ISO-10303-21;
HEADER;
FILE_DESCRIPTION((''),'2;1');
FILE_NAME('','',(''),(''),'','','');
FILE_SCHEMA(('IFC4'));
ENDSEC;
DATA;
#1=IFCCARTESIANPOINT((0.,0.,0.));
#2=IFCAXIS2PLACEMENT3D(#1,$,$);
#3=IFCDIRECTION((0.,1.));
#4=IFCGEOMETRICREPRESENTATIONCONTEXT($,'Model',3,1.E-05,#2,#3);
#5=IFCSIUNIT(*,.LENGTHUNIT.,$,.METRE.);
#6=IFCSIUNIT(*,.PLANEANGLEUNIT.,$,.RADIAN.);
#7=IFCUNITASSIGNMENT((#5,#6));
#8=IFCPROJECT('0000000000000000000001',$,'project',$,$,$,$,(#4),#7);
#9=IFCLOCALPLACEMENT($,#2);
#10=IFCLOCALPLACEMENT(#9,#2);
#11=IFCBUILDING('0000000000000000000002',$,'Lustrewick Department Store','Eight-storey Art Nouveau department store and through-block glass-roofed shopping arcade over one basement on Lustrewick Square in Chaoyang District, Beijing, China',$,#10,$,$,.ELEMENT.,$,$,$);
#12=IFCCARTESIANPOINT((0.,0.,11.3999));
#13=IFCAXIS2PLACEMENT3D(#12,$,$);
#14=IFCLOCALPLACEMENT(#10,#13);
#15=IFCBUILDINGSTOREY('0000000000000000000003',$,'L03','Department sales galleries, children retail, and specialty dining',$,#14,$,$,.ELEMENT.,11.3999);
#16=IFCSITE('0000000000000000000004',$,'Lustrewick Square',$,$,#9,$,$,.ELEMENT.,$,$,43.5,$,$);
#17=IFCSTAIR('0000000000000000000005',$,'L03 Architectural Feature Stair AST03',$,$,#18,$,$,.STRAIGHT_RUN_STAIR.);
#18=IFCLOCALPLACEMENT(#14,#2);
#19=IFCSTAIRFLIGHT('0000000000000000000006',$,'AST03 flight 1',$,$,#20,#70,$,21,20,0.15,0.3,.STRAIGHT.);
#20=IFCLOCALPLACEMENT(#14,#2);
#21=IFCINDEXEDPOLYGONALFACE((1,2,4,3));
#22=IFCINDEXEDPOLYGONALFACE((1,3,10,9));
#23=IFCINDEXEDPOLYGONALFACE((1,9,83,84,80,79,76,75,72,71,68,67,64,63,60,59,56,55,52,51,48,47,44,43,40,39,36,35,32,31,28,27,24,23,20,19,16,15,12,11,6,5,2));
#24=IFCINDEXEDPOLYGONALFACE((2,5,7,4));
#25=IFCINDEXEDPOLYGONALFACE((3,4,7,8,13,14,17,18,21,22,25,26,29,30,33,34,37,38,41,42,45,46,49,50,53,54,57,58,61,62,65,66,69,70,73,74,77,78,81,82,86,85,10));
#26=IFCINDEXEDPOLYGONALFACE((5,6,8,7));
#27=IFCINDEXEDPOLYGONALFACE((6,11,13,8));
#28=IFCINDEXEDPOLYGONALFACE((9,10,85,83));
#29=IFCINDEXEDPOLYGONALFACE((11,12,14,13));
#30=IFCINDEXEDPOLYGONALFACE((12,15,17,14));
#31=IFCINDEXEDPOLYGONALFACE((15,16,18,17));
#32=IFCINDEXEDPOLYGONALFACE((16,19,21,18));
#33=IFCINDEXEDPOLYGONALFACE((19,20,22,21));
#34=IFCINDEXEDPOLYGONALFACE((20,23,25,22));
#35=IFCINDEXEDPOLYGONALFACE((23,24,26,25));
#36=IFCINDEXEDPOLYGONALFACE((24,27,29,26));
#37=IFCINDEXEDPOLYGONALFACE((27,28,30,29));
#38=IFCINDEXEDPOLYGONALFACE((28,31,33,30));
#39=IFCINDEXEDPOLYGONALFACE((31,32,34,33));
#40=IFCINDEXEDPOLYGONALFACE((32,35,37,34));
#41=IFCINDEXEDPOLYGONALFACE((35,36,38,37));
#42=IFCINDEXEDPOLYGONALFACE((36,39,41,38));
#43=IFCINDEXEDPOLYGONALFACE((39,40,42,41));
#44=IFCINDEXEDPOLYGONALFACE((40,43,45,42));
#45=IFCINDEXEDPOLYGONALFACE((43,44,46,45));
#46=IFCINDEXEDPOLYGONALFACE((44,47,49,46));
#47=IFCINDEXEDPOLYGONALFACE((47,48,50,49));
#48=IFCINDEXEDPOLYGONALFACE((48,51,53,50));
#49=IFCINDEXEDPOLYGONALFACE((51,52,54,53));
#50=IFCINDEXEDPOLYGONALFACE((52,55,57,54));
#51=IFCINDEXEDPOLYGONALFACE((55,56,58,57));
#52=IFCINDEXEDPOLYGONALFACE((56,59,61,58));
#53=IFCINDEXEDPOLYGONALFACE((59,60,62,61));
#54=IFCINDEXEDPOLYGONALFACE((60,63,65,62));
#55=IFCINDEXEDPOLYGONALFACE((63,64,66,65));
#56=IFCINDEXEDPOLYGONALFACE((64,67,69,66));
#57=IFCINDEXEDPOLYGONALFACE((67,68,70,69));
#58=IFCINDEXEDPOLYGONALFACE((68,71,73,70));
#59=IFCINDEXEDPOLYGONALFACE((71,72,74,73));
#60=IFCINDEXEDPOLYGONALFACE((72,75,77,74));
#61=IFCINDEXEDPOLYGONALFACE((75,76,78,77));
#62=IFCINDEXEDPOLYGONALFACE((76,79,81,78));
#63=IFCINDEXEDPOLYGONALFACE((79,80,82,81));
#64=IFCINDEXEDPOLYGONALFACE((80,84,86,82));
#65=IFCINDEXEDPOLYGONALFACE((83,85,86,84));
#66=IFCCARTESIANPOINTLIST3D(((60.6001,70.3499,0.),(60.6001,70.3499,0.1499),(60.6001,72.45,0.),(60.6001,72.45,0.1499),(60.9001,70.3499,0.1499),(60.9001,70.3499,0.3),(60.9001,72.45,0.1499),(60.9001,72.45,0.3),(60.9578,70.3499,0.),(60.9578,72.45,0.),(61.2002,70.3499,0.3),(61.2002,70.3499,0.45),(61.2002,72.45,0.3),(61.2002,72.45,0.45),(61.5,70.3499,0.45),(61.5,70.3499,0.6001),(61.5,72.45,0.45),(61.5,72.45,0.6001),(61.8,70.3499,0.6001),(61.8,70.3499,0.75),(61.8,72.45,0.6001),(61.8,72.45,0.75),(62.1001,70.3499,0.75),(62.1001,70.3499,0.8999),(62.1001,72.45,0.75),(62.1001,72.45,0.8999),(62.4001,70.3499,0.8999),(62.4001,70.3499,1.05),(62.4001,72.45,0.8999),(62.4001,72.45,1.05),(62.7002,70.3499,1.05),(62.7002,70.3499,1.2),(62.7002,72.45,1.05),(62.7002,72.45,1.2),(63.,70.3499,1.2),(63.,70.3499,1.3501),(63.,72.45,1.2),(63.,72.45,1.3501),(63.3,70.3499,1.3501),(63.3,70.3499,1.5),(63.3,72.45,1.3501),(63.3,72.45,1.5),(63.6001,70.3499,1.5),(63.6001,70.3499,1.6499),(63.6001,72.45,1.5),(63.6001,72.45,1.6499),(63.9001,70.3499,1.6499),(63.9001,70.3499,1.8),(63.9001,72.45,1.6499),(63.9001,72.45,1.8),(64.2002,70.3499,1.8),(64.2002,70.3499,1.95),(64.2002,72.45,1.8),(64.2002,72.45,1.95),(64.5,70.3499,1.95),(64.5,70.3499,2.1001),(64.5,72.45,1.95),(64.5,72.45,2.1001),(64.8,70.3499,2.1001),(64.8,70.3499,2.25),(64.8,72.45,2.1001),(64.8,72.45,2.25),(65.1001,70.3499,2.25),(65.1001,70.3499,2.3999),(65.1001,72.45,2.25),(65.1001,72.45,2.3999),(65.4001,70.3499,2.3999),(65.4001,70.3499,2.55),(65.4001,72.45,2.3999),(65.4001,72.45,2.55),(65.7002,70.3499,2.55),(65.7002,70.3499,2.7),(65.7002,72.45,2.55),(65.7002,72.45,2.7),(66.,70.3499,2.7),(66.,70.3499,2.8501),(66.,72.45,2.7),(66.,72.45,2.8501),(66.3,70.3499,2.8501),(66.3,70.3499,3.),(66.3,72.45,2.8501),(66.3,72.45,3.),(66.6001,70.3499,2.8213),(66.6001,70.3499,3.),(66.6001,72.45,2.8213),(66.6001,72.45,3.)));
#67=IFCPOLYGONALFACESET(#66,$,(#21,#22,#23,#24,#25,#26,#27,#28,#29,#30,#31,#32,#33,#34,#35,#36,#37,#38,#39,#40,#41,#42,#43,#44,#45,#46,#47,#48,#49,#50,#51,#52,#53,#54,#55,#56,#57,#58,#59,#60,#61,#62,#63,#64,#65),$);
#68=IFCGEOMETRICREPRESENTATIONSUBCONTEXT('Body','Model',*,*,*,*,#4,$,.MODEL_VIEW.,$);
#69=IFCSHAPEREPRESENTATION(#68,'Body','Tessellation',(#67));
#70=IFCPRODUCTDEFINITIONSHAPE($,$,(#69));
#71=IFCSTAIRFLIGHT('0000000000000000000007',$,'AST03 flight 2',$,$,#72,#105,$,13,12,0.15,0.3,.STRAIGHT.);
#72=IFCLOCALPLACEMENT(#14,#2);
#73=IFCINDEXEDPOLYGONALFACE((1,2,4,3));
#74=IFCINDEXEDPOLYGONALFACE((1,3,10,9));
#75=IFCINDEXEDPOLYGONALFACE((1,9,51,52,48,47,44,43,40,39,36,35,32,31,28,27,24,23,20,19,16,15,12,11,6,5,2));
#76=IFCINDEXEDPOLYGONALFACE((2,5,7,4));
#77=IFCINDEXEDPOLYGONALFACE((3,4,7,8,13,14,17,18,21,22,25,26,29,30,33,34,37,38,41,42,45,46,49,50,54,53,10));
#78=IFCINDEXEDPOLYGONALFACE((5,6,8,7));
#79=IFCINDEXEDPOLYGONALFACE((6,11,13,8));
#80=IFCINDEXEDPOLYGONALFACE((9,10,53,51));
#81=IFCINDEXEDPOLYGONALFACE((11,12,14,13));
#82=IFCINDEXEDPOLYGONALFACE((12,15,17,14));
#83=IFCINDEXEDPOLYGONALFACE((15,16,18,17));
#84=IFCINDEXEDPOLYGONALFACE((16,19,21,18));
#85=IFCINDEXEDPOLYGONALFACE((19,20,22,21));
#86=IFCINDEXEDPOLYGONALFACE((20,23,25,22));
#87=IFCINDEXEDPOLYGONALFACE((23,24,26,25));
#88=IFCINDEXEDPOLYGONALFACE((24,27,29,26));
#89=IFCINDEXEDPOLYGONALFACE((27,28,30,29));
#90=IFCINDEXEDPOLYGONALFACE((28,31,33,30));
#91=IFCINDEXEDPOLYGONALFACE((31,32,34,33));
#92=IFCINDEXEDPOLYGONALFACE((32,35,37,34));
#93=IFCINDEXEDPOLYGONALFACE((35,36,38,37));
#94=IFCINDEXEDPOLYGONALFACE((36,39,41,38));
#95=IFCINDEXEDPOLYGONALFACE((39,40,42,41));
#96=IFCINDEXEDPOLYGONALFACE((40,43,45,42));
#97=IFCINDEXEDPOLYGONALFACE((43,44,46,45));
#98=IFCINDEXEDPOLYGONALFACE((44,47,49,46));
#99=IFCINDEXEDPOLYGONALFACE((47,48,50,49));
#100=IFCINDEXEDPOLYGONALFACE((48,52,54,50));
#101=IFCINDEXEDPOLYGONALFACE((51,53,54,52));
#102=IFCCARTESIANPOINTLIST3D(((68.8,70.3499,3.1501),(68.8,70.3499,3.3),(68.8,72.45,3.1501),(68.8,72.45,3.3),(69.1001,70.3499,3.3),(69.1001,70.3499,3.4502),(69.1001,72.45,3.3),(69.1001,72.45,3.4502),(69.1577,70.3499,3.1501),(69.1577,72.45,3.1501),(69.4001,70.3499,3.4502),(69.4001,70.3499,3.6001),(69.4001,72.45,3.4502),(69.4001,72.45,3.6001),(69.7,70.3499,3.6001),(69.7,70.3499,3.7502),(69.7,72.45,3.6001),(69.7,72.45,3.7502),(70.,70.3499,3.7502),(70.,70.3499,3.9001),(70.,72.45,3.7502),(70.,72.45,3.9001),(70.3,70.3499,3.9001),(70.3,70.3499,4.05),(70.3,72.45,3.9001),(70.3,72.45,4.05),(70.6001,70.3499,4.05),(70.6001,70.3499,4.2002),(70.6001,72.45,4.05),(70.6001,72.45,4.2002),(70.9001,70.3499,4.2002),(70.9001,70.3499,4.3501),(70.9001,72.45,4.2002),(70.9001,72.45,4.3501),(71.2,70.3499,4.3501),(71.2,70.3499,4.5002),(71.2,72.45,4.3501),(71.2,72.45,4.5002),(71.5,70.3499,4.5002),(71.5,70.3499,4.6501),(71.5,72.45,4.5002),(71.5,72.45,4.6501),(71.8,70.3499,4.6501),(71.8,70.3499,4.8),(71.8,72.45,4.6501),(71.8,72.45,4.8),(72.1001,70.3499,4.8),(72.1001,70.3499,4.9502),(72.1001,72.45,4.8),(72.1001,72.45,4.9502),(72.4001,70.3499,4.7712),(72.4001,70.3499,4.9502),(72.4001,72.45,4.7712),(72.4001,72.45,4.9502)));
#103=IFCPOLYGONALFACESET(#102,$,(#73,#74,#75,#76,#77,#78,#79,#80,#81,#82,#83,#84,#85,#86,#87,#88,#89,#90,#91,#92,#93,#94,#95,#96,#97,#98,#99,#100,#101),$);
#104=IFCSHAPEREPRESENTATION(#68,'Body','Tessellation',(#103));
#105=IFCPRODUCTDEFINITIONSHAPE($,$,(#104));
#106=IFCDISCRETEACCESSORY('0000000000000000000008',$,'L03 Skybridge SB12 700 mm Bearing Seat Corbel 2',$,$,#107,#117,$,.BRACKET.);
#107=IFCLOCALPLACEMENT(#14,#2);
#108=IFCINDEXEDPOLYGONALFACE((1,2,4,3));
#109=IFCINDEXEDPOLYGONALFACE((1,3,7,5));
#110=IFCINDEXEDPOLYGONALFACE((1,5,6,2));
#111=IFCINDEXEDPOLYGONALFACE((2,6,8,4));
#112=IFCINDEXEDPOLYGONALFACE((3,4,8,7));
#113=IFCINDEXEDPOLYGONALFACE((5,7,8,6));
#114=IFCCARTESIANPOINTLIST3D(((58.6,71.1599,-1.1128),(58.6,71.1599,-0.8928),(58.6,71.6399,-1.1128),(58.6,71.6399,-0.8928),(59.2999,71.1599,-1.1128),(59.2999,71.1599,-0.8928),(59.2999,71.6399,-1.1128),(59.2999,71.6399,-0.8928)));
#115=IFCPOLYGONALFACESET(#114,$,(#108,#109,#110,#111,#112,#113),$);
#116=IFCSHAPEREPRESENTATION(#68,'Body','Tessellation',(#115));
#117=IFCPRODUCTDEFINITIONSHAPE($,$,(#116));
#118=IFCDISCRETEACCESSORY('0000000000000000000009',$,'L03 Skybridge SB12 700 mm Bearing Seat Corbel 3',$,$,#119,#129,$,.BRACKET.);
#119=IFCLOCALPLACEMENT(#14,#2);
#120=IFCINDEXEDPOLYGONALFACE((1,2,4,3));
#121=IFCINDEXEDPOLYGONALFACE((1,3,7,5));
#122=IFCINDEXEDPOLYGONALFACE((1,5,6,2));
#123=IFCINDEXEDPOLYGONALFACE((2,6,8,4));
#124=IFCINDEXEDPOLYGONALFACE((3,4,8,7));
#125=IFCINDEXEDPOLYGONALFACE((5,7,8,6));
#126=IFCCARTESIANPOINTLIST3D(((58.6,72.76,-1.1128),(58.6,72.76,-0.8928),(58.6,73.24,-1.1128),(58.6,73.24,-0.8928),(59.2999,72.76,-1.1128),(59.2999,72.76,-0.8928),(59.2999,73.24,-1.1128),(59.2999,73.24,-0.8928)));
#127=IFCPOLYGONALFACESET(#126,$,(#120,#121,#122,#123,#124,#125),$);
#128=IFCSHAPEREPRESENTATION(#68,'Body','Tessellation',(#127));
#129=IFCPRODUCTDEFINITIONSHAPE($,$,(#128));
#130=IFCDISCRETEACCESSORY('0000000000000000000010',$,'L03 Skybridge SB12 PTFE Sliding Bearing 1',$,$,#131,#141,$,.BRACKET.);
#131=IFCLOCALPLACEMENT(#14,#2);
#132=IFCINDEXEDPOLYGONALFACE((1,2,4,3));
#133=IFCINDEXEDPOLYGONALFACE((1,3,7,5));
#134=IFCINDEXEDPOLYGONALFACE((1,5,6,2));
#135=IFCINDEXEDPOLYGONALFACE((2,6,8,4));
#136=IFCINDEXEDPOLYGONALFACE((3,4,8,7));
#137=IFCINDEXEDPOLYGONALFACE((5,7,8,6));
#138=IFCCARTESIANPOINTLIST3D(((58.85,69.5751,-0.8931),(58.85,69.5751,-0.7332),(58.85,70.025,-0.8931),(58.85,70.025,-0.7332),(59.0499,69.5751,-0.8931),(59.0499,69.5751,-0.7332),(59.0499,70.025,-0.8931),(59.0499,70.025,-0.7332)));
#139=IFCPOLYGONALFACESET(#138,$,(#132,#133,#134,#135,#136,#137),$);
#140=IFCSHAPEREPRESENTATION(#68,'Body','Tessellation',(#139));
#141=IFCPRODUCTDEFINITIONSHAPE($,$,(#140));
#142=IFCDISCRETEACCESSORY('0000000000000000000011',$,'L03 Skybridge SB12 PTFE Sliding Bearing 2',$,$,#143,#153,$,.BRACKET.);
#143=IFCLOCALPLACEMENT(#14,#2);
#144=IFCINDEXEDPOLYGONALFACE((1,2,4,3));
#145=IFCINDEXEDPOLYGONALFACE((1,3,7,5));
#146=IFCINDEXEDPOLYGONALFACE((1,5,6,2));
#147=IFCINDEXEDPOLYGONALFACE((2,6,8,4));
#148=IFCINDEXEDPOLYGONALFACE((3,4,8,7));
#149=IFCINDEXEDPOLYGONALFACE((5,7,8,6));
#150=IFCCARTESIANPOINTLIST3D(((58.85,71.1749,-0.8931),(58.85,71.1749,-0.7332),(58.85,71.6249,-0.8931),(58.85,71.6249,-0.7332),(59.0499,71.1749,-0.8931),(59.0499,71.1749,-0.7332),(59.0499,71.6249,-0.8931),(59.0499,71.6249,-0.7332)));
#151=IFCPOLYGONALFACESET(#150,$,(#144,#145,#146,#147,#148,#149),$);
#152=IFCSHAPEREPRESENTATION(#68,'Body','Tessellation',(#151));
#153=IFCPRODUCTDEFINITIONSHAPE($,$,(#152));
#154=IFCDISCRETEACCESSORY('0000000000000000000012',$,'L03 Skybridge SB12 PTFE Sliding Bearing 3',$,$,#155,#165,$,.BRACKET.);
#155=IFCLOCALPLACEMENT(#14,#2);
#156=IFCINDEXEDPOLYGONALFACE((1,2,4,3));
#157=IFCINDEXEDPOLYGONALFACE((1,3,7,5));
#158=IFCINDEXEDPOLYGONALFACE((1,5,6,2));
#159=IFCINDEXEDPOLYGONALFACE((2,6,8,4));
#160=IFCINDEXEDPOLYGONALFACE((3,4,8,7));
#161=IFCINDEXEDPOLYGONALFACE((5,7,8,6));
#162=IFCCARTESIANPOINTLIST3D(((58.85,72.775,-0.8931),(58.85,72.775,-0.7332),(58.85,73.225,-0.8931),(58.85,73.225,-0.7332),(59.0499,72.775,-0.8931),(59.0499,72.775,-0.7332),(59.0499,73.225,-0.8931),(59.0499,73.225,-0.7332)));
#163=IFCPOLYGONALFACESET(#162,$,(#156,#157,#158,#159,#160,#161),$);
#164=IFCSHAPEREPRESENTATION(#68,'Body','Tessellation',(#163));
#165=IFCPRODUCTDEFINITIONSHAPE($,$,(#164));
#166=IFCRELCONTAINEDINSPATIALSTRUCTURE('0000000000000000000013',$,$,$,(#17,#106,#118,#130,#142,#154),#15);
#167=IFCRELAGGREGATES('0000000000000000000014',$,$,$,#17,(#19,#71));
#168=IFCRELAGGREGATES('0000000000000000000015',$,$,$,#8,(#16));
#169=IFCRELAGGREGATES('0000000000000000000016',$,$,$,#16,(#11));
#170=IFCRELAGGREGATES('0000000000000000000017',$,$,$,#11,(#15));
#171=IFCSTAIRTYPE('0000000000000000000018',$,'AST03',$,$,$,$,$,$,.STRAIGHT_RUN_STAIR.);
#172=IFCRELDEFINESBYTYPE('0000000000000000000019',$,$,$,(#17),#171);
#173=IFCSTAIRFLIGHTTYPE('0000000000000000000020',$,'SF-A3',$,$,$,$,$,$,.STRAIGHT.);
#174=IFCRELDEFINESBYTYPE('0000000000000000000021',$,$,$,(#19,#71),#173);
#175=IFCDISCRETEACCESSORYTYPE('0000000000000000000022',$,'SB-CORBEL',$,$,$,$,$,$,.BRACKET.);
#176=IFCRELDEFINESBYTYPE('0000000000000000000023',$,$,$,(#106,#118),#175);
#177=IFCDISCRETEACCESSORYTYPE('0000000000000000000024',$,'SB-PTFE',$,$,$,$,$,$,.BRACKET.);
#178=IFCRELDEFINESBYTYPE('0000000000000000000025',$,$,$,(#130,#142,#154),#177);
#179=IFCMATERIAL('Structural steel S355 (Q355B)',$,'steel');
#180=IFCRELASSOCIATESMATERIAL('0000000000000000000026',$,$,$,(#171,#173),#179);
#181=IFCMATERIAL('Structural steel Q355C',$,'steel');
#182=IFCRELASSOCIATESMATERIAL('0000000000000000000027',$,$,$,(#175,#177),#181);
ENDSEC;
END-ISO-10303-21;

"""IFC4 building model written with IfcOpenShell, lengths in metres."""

from ifc_helpers import new_model, si_unit, direction, frame, origin, origin_2d, place, context, subcontext, project, spatial, polyline, rectangle, outline, extrude, material, type_object, element, aggregate, save


model = new_model("IFC4")

# Units and contexts
model_context = context("Model", 3, precision=1e-05, world=origin(), true_north=direction((0.0, 1.0)))
body_context = subcontext(model_context, "Body", "Model", "MODEL_VIEW")
ifc_project = project(units=[si_unit("LENGTHUNIT", "METRE"), si_unit("PLANEANGLEUNIT", "RADIAN")], contexts=[model_context])

# Site, building, storey
site_placement = place(None, origin())
site = spatial("IfcSite", under=ifc_project, at=site_placement, Name="Lustrewick Square", CompositionType="ELEMENT", RefElevation=43.5)
building_placement = place(site_placement, origin())
building = spatial("IfcBuilding", under=site, at=building_placement, Name="Lustrewick Department Store", Description="Eight-storey Art Nouveau department store and through-block glass-roofed shopping arcade over one basement on Lustrewick Square in Chaoyang District, Beijing, China", CompositionType="ELEMENT")
storey_placement = place(building_placement, frame((0.0, 0.0, 11.3999)))
storey = spatial("IfcBuildingStorey", under=building, at=storey_placement, Name="L03", Description="Department sales galleries, children retail, and specialty dining", CompositionType="ELEMENT", Elevation=11.3999)

# Shared definitions
ifc_material_1 = material(Name="Structural steel Q355C", Category="steel")

# Stair, stair flights
ifc_material_2 = material(Name="Structural steel S355 (Q355B)", Category="steel")
stair_type = type_object("IfcStairType", Name="AST03", PredefinedType="STRAIGHT_RUN_STAIR", material=ifc_material_2)
stair_placement = place(storey_placement, origin())
stair = element("IfcStair", 1, at=stair_placement, inside=storey, type_object=stair_type, Name="L03 Architectural Feature Stair AST03", PredefinedType="STRAIGHT_RUN_STAIR")
stair_flight_type = type_object("IfcStairFlightType", Name="SF-A3", PredefinedType="STRAIGHT", material=ifc_material_2)
stair_flight_1_placement = place(storey_placement, frame((60.6001, 71.3999, 0.0), z_axis=(0.0, 0.0, 1.0), x_axis=(1.0, 0.0, 0.0)))
stair_flight_1 = element("IfcStairFlight", 2, at=stair_flight_1_placement, type_object=stair_flight_type, Name="AST03 flight 1", NumberOfRisers=21, NumberOfTreads=20, PredefinedType="STRAIGHT", RiserHeight=0.15, TreadLength=0.3, context=body_context, shape_type="SweptSolid", body=[
    extrude(outline(polyline([(0.0, 0.0), (0.0, 0.1499), (0.3, 0.1499), (0.3, 0.3), (0.6001, 0.3), (0.6001, 0.45), (0.8999, 0.45), (0.8999, 0.6001), (1.2, 0.6001), (1.2, 0.75), (1.5, 0.75), (1.5, 0.8999), (1.8, 0.8999), (1.8, 1.05), (2.1001, 1.05), (2.1001, 1.2), (2.3999, 1.2), (2.3999, 1.3501), (2.7, 1.3501), (2.7, 1.5), (3.0, 1.5), (3.0, 1.6499), (3.3, 1.6499), (3.3, 1.8), (3.6001, 1.8), (3.6001, 1.95), (3.8999, 1.95), (3.8999, 2.1001), (4.2, 2.1001), (4.2, 2.25), (4.5, 2.25), (4.5, 2.3999), (4.8, 2.3999), (4.8, 2.55), (5.1001, 2.55), (5.1001, 2.7), (5.3999, 2.7), (5.3999, 2.8501), (5.7, 2.8501), (5.7, 3.0), (6.0, 3.0), (6.0, 3.1499), (6.0, 2.8213), (0.3577, 0.0), (0.0, 0.0)])), frame((0.0, 1.05, 0.0), z_axis=(0.0, -1.0, 0.0), x_axis=(1.0, 0.0, 0.0)), (0.0, 0.0, 1.0), 2.1001),
])
stair_flight_2_placement = place(storey_placement, frame((68.8, 71.3999, 3.1501), z_axis=(0.0, 0.0, 1.0), x_axis=(1.0, 0.0, 0.0)))
stair_flight_2 = element("IfcStairFlight", 3, at=stair_flight_2_placement, type_object=stair_flight_type, Name="AST03 flight 2", NumberOfRisers=13, NumberOfTreads=12, PredefinedType="STRAIGHT", RiserHeight=0.15, TreadLength=0.3, context=body_context, shape_type="SweptSolid", body=[
    extrude(outline(polyline([(0.0, 0.0), (0.0, 0.1499), (0.3, 0.1499), (0.3, 0.3), (0.6001, 0.3), (0.6001, 0.45), (0.8999, 0.45), (0.8999, 0.6001), (1.2, 0.6001), (1.2, 0.75), (1.5, 0.75), (1.5, 0.8999), (1.8, 0.8999), (1.8, 1.05), (2.1001, 1.05), (2.1001, 1.2), (2.3999, 1.2), (2.3999, 1.3501), (2.7, 1.3501), (2.7, 1.5), (3.0, 1.5), (3.0, 1.6499), (3.3, 1.6499), (3.3, 1.8), (3.6001, 1.8), (3.6001, 1.95), (3.6001, 1.6211), (0.3577, 0.0), (0.0, 0.0)])), frame((0.0, 1.05, 0.0), z_axis=(0.0, -1.0, 0.0), x_axis=(1.0, 0.0, 0.0)), (0.0, 0.0, 1.0), 2.1001),
])
aggregate(stair, [stair_flight_1, stair_flight_2])

# Discrete accessories
discrete_accessory_type_1 = type_object("IfcDiscreteAccessoryType", Name="SB-CORBEL", PredefinedType="BRACKET", material=ifc_material_1)
for number, where, z_axis, x_axis, name in (
    (4, (58.95, 71.3999, -1.1128), (0.0, 0.0, 1.0), (1.0, 0.0, 0.0), "L03 Skybridge SB12 700 mm Bearing Seat Corbel 2"),
    (5, (58.95, 73.0, -1.1128), (0.0, 0.0, 1.0), (1.0, 0.0, 0.0), "L03 Skybridge SB12 700 mm Bearing Seat Corbel 3"),
):
    element("IfcDiscreteAccessory", number, at=place(storey_placement, frame(where, z_axis=z_axis, x_axis=x_axis)), inside=storey, type_object=discrete_accessory_type_1, Name=name, PredefinedType="BRACKET", context=body_context, shape_type="SweptSolid", body=[
        extrude(rectangle(XDim=0.7, YDim=0.48, at=origin_2d()), origin(), (0.0, 0.0, 1.0), 0.22),
    ])
discrete_accessory_type_2 = type_object("IfcDiscreteAccessoryType", Name="SB-PTFE", PredefinedType="BRACKET", material=ifc_material_1)
for number, where, z_axis, x_axis, name in (
    (6, (58.95, 69.8, -0.8931), (0.0, 0.0, 1.0), (1.0, 0.0, 0.0), "L03 Skybridge SB12 PTFE Sliding Bearing 1"),
    (7, (58.95, 71.3999, -0.8931), (0.0, 0.0, 1.0), (1.0, 0.0, 0.0), "L03 Skybridge SB12 PTFE Sliding Bearing 2"),
    (8, (58.95, 73.0, -0.8931), (0.0, 0.0, 1.0), (1.0, 0.0, 0.0), "L03 Skybridge SB12 PTFE Sliding Bearing 3"),
):
    element("IfcDiscreteAccessory", number, at=place(storey_placement, frame(where, z_axis=z_axis, x_axis=x_axis)), inside=storey, type_object=discrete_accessory_type_2, Name=name, PredefinedType="BRACKET", context=body_context, shape_type="SweptSolid", body=[
        extrude(rectangle(XDim=0.2, YDim=0.45, at=origin_2d()), origin(), (0.0, 0.0, 1.0), 0.1599),
    ])

save(model, "model.ifc")
